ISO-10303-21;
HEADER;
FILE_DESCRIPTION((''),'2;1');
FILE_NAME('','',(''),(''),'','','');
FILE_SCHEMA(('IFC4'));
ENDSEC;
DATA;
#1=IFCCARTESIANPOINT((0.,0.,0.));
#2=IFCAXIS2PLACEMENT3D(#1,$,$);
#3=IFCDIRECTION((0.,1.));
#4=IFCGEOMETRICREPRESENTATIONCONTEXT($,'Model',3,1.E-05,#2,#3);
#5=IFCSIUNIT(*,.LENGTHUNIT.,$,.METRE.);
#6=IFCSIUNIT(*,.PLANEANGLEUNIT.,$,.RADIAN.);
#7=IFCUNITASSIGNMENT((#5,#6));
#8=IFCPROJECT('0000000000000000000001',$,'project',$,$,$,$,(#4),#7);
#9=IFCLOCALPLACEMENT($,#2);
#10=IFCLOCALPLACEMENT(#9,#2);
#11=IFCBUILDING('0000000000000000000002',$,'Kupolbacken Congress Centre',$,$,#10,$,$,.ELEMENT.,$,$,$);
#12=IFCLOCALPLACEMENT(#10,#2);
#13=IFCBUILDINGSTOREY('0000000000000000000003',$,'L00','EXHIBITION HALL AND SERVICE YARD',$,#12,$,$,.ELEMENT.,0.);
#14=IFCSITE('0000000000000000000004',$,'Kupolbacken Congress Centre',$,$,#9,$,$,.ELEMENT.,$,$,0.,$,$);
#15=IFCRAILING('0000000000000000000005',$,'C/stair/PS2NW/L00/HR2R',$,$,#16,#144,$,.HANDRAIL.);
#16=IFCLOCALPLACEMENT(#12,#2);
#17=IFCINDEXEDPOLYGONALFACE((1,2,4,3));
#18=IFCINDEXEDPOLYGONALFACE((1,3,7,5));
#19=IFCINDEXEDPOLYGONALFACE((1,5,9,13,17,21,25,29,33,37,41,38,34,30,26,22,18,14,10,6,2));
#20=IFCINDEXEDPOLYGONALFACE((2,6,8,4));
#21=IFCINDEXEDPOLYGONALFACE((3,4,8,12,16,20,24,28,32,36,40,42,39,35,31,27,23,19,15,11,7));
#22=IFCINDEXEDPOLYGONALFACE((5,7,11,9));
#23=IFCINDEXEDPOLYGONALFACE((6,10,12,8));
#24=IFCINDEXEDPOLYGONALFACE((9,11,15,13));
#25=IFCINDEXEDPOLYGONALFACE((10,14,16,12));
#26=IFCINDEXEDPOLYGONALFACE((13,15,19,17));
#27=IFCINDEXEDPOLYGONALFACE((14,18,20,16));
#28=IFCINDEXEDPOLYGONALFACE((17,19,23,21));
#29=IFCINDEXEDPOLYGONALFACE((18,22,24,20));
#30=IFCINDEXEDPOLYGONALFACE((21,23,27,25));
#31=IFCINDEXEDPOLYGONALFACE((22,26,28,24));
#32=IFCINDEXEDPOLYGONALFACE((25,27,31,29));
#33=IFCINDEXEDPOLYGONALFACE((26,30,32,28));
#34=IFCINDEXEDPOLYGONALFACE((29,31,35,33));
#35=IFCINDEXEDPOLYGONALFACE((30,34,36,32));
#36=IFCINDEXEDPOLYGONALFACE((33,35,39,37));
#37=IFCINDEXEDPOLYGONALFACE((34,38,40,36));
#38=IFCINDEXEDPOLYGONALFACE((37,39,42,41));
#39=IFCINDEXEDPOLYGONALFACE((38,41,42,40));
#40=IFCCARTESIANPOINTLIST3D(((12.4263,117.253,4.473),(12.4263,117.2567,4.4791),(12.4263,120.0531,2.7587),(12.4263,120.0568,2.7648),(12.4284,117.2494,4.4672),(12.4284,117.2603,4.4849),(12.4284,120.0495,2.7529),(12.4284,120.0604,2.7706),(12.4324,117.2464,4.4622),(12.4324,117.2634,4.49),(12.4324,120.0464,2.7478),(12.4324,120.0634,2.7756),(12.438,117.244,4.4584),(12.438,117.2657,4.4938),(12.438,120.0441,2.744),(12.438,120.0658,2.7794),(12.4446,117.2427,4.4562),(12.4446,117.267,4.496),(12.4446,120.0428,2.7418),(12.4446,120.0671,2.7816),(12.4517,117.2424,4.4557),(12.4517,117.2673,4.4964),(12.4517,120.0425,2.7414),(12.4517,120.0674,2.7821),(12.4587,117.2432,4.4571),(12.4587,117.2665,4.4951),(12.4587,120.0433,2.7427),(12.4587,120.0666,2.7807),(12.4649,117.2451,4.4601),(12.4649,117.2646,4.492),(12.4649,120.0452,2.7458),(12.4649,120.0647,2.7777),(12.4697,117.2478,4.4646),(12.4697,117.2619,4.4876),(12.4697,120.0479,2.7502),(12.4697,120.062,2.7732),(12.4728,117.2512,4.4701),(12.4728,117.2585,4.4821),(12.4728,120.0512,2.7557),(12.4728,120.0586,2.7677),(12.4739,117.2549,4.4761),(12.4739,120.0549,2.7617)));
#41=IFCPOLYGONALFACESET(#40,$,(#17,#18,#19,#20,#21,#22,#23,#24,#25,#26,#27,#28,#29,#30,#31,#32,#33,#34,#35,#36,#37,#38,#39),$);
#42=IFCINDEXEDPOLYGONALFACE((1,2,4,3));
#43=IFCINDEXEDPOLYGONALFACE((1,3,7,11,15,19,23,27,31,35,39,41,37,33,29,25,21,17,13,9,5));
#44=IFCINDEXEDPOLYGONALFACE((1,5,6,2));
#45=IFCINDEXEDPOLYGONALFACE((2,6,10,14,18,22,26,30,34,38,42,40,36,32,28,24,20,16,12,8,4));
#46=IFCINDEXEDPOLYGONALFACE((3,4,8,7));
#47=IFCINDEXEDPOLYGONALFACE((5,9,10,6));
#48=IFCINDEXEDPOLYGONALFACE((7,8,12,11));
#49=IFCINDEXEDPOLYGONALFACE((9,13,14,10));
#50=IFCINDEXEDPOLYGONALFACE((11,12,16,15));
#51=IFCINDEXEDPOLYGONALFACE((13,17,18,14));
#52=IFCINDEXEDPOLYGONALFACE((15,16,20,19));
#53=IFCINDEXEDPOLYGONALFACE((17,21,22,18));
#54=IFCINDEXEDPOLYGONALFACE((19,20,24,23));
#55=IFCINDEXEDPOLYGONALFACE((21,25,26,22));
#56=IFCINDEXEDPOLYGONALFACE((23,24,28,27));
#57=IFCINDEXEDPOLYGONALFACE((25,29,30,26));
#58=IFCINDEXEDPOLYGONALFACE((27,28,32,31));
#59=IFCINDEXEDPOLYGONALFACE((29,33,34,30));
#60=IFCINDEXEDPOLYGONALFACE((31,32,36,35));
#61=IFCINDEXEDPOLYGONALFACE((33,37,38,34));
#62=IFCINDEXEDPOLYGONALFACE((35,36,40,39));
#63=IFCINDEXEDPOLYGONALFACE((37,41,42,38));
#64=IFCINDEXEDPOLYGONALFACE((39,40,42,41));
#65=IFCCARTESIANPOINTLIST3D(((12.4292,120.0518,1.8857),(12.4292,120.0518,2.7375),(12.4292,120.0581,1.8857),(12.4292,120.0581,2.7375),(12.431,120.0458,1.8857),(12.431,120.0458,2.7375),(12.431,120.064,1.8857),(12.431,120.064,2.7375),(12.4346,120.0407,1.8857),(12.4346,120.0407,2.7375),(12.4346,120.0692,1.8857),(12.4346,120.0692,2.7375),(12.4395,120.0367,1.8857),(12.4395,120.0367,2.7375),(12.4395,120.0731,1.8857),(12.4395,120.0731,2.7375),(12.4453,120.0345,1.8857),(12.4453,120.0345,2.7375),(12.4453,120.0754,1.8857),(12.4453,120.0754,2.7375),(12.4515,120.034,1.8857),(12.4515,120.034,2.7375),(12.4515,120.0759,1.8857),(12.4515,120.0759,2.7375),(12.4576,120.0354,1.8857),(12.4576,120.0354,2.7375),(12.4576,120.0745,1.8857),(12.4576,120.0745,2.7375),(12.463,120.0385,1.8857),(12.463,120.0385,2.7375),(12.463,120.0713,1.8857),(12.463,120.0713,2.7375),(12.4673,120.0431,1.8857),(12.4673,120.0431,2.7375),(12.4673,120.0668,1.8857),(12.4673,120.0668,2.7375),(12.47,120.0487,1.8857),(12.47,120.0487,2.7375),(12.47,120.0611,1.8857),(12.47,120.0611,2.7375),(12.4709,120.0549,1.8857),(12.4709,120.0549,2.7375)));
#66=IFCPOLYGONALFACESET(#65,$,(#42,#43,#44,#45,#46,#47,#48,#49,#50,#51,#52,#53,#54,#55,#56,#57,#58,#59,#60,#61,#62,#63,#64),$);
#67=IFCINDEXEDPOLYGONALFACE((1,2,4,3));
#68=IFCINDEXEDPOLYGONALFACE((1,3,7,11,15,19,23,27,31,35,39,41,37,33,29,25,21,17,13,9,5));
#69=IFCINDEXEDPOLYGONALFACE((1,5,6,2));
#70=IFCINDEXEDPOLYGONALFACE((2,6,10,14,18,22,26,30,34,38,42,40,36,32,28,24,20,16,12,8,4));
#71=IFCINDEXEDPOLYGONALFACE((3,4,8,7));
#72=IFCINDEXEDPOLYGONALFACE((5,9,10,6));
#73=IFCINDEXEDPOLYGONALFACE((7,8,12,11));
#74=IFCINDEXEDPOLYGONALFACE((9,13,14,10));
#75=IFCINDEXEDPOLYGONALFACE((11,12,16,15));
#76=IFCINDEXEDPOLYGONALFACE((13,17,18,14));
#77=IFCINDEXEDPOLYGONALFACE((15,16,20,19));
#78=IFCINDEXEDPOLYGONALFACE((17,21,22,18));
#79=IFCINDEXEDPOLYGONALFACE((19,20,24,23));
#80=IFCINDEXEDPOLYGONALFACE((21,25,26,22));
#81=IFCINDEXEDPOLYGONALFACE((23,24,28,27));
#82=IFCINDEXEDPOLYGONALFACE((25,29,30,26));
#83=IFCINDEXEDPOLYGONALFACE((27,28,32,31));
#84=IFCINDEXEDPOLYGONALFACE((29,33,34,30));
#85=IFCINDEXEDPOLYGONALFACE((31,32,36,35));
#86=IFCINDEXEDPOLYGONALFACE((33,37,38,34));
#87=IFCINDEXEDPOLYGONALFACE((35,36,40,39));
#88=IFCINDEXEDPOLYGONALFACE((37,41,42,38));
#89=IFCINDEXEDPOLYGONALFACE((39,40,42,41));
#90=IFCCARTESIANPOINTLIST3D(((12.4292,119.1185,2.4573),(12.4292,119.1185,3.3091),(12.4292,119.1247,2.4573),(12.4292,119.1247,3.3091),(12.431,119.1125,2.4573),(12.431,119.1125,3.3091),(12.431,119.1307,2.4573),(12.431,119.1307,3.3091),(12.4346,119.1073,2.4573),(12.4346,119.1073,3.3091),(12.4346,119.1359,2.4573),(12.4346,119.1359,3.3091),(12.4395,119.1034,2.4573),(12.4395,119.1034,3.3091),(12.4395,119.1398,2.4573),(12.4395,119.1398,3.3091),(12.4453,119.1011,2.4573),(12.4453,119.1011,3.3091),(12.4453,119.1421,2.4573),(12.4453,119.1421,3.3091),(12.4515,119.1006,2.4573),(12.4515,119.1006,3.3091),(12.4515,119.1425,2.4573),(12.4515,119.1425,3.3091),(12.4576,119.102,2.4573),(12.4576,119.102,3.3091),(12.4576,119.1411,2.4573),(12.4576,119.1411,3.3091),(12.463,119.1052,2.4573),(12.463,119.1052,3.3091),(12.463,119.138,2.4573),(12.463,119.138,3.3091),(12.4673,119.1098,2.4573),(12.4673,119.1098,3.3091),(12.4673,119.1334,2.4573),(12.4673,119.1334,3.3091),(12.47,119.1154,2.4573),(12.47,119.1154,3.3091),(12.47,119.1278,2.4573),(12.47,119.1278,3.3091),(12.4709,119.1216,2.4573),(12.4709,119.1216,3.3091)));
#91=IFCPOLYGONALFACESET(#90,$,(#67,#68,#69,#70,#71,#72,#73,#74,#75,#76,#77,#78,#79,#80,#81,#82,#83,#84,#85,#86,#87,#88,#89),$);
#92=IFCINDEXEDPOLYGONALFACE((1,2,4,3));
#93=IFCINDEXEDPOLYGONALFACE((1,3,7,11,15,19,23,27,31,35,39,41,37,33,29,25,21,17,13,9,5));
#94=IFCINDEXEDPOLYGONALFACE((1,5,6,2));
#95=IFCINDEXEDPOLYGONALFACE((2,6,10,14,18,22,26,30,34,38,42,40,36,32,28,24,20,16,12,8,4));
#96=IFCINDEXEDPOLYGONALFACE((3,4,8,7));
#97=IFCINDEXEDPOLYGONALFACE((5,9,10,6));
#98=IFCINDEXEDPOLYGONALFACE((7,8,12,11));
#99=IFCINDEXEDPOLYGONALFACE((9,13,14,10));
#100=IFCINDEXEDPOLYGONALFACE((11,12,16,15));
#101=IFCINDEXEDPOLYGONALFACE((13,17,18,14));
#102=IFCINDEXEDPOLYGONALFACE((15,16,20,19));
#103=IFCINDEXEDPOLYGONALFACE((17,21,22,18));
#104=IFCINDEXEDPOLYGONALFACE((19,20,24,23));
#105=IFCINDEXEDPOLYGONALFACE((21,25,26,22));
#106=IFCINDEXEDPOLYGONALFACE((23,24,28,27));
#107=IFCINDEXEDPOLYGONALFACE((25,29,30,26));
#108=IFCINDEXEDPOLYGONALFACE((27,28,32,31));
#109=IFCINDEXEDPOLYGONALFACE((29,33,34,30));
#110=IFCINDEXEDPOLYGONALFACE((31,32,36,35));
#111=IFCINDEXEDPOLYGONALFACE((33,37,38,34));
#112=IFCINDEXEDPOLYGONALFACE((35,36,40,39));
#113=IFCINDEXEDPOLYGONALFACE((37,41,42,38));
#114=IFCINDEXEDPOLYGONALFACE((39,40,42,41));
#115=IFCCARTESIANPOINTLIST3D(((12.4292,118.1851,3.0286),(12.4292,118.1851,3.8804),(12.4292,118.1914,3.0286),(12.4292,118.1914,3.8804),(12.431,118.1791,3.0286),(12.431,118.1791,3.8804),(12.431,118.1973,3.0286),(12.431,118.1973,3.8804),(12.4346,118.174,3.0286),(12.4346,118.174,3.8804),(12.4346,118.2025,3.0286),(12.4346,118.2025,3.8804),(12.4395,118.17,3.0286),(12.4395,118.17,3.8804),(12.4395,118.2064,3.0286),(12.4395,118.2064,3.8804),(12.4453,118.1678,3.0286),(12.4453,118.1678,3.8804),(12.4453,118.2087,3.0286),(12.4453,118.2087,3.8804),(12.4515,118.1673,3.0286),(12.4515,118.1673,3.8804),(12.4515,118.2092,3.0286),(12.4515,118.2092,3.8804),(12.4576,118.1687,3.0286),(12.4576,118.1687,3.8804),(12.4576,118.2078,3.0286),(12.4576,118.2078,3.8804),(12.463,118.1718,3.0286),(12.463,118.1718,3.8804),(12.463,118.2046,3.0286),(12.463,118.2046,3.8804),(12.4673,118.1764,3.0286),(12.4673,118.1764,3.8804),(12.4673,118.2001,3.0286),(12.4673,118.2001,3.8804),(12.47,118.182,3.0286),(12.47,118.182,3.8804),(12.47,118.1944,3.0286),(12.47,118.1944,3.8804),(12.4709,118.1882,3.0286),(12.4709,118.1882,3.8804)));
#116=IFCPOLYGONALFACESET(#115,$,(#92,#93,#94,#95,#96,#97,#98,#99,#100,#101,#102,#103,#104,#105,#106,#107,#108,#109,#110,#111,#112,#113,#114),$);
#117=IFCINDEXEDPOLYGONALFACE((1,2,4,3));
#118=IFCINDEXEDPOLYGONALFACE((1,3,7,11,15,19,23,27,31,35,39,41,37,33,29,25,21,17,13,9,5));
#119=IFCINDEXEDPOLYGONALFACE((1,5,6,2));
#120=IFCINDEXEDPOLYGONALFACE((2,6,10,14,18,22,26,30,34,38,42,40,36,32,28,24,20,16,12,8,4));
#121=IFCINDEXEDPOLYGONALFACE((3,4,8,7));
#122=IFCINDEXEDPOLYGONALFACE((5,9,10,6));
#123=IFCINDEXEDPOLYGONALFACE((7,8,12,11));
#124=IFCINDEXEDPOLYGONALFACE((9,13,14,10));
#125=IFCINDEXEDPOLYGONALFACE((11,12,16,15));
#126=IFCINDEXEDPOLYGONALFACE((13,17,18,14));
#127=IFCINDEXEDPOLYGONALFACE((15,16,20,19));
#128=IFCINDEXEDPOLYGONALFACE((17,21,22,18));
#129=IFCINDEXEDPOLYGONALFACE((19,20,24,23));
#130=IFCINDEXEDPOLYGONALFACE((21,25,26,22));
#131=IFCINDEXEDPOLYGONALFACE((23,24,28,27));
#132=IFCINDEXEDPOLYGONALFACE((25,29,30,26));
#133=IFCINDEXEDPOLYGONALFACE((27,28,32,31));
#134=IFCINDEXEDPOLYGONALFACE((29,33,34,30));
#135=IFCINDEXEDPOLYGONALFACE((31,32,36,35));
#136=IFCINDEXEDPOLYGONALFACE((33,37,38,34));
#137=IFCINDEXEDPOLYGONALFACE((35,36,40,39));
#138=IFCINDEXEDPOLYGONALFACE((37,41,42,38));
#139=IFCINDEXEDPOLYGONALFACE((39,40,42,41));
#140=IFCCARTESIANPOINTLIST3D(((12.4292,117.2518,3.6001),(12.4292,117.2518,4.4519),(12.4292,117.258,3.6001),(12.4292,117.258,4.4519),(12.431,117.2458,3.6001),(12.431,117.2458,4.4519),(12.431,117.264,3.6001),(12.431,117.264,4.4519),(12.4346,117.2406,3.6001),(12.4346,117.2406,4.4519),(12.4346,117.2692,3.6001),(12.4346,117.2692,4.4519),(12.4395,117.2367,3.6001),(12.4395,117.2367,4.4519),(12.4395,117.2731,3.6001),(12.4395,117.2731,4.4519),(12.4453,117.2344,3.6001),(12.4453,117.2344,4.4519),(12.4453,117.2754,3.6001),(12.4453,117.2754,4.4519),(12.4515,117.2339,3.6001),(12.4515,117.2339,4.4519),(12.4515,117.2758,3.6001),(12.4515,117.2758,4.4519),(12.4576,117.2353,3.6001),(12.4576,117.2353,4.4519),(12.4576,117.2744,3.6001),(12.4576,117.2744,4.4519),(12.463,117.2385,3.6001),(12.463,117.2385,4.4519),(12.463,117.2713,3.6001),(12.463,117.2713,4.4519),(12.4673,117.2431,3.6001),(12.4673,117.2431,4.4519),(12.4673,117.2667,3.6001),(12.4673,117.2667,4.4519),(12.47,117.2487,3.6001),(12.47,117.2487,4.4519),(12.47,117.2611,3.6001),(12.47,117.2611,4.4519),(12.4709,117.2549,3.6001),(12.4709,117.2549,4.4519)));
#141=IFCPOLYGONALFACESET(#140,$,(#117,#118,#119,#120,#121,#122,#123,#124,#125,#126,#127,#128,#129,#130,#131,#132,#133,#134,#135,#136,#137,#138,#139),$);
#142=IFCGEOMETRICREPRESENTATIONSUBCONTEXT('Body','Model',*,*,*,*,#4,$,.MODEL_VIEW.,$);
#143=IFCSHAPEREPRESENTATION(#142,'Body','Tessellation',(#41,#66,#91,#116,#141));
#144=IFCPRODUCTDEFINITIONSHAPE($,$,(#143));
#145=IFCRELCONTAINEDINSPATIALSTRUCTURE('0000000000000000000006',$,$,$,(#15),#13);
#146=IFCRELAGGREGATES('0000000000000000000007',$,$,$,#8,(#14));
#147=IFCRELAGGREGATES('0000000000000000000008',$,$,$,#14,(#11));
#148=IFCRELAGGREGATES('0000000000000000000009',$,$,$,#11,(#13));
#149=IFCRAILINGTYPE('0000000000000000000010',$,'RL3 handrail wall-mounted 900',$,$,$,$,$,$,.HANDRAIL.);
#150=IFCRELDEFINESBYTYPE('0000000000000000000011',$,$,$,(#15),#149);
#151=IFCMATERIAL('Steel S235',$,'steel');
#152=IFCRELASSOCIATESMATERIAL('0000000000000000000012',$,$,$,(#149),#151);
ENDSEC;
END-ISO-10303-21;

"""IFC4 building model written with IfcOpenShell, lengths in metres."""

from ifc_helpers import new_model, si_unit, direction, frame, origin, origin_2d, place, context, subcontext, project, spatial, circle, extrude, material, type_object, element, save


model = new_model("IFC4")

# Units and contexts
model_context = context("Model", 3, precision=1e-05, world=origin(), true_north=direction((0.0, 1.0)))
body_context = subcontext(model_context, "Body", "Model", "MODEL_VIEW")
ifc_project = project(units=[si_unit("LENGTHUNIT", "METRE"), si_unit("PLANEANGLEUNIT", "RADIAN")], contexts=[model_context])

# Site, building, storey
site_placement = place(None, origin())
site = spatial("IfcSite", under=ifc_project, at=site_placement, Name="Kupolbacken Congress Centre", CompositionType="ELEMENT", RefElevation=0.0)
building_placement = place(site_placement, origin())
building = spatial("IfcBuilding", under=site, at=building_placement, Name="Kupolbacken Congress Centre", CompositionType="ELEMENT")
storey_placement = place(building_placement, origin())
storey = spatial("IfcBuildingStorey", under=building, at=storey_placement, Name="L00", Description="EXHIBITION HALL AND SERVICE YARD", CompositionType="ELEMENT", Elevation=0.0)

# Railing
ifc_material_1 = material(Name="Steel S235", Category="steel")
railing_type = type_object("IfcRailingType", Name="RL3 handrail wall-mounted 900", PredefinedType="HANDRAIL", material=ifc_material_1)
for number, where, name in (
    (1, (12.45, 120.0549, 1.8857), "C/stair/PS2NW/L00/HR2R"),
):
    element("IfcRailing", number, at=place(storey_placement, frame(where)), inside=storey, type_object=railing_type, Name=name, PredefinedType="HANDRAIL", context=body_context, shape_type="SweptSolid", body=[
        extrude(circle(Radius=0.0239, at=origin_2d()), frame((0.0, 0.0, 0.876), z_axis=(0.0, -0.852846, 0.522163), x_axis=(1.0, 0.0, 0.0)), (0.0, 0.0, 1.0), 3.2832),
        extrude(circle(Radius=0.021, at=origin_2d()), origin(), (0.0, 0.0, 1.0), 0.8518),
        extrude(circle(Radius=0.021, at=origin_2d()), frame((0.0, -0.9333, 0.5715)), (0.0, 0.0, 1.0), 0.8518),
        extrude(circle(Radius=0.021, at=origin_2d()), frame((0.0, -1.8667, 1.1428)), (0.0, 0.0, 1.0), 0.8518),
        extrude(circle(Radius=0.021, at=origin_2d()), frame((0.0, -2.8, 1.7144)), (0.0, 0.0, 1.0), 0.8518),
    ])

save(model, "model.ifc")
